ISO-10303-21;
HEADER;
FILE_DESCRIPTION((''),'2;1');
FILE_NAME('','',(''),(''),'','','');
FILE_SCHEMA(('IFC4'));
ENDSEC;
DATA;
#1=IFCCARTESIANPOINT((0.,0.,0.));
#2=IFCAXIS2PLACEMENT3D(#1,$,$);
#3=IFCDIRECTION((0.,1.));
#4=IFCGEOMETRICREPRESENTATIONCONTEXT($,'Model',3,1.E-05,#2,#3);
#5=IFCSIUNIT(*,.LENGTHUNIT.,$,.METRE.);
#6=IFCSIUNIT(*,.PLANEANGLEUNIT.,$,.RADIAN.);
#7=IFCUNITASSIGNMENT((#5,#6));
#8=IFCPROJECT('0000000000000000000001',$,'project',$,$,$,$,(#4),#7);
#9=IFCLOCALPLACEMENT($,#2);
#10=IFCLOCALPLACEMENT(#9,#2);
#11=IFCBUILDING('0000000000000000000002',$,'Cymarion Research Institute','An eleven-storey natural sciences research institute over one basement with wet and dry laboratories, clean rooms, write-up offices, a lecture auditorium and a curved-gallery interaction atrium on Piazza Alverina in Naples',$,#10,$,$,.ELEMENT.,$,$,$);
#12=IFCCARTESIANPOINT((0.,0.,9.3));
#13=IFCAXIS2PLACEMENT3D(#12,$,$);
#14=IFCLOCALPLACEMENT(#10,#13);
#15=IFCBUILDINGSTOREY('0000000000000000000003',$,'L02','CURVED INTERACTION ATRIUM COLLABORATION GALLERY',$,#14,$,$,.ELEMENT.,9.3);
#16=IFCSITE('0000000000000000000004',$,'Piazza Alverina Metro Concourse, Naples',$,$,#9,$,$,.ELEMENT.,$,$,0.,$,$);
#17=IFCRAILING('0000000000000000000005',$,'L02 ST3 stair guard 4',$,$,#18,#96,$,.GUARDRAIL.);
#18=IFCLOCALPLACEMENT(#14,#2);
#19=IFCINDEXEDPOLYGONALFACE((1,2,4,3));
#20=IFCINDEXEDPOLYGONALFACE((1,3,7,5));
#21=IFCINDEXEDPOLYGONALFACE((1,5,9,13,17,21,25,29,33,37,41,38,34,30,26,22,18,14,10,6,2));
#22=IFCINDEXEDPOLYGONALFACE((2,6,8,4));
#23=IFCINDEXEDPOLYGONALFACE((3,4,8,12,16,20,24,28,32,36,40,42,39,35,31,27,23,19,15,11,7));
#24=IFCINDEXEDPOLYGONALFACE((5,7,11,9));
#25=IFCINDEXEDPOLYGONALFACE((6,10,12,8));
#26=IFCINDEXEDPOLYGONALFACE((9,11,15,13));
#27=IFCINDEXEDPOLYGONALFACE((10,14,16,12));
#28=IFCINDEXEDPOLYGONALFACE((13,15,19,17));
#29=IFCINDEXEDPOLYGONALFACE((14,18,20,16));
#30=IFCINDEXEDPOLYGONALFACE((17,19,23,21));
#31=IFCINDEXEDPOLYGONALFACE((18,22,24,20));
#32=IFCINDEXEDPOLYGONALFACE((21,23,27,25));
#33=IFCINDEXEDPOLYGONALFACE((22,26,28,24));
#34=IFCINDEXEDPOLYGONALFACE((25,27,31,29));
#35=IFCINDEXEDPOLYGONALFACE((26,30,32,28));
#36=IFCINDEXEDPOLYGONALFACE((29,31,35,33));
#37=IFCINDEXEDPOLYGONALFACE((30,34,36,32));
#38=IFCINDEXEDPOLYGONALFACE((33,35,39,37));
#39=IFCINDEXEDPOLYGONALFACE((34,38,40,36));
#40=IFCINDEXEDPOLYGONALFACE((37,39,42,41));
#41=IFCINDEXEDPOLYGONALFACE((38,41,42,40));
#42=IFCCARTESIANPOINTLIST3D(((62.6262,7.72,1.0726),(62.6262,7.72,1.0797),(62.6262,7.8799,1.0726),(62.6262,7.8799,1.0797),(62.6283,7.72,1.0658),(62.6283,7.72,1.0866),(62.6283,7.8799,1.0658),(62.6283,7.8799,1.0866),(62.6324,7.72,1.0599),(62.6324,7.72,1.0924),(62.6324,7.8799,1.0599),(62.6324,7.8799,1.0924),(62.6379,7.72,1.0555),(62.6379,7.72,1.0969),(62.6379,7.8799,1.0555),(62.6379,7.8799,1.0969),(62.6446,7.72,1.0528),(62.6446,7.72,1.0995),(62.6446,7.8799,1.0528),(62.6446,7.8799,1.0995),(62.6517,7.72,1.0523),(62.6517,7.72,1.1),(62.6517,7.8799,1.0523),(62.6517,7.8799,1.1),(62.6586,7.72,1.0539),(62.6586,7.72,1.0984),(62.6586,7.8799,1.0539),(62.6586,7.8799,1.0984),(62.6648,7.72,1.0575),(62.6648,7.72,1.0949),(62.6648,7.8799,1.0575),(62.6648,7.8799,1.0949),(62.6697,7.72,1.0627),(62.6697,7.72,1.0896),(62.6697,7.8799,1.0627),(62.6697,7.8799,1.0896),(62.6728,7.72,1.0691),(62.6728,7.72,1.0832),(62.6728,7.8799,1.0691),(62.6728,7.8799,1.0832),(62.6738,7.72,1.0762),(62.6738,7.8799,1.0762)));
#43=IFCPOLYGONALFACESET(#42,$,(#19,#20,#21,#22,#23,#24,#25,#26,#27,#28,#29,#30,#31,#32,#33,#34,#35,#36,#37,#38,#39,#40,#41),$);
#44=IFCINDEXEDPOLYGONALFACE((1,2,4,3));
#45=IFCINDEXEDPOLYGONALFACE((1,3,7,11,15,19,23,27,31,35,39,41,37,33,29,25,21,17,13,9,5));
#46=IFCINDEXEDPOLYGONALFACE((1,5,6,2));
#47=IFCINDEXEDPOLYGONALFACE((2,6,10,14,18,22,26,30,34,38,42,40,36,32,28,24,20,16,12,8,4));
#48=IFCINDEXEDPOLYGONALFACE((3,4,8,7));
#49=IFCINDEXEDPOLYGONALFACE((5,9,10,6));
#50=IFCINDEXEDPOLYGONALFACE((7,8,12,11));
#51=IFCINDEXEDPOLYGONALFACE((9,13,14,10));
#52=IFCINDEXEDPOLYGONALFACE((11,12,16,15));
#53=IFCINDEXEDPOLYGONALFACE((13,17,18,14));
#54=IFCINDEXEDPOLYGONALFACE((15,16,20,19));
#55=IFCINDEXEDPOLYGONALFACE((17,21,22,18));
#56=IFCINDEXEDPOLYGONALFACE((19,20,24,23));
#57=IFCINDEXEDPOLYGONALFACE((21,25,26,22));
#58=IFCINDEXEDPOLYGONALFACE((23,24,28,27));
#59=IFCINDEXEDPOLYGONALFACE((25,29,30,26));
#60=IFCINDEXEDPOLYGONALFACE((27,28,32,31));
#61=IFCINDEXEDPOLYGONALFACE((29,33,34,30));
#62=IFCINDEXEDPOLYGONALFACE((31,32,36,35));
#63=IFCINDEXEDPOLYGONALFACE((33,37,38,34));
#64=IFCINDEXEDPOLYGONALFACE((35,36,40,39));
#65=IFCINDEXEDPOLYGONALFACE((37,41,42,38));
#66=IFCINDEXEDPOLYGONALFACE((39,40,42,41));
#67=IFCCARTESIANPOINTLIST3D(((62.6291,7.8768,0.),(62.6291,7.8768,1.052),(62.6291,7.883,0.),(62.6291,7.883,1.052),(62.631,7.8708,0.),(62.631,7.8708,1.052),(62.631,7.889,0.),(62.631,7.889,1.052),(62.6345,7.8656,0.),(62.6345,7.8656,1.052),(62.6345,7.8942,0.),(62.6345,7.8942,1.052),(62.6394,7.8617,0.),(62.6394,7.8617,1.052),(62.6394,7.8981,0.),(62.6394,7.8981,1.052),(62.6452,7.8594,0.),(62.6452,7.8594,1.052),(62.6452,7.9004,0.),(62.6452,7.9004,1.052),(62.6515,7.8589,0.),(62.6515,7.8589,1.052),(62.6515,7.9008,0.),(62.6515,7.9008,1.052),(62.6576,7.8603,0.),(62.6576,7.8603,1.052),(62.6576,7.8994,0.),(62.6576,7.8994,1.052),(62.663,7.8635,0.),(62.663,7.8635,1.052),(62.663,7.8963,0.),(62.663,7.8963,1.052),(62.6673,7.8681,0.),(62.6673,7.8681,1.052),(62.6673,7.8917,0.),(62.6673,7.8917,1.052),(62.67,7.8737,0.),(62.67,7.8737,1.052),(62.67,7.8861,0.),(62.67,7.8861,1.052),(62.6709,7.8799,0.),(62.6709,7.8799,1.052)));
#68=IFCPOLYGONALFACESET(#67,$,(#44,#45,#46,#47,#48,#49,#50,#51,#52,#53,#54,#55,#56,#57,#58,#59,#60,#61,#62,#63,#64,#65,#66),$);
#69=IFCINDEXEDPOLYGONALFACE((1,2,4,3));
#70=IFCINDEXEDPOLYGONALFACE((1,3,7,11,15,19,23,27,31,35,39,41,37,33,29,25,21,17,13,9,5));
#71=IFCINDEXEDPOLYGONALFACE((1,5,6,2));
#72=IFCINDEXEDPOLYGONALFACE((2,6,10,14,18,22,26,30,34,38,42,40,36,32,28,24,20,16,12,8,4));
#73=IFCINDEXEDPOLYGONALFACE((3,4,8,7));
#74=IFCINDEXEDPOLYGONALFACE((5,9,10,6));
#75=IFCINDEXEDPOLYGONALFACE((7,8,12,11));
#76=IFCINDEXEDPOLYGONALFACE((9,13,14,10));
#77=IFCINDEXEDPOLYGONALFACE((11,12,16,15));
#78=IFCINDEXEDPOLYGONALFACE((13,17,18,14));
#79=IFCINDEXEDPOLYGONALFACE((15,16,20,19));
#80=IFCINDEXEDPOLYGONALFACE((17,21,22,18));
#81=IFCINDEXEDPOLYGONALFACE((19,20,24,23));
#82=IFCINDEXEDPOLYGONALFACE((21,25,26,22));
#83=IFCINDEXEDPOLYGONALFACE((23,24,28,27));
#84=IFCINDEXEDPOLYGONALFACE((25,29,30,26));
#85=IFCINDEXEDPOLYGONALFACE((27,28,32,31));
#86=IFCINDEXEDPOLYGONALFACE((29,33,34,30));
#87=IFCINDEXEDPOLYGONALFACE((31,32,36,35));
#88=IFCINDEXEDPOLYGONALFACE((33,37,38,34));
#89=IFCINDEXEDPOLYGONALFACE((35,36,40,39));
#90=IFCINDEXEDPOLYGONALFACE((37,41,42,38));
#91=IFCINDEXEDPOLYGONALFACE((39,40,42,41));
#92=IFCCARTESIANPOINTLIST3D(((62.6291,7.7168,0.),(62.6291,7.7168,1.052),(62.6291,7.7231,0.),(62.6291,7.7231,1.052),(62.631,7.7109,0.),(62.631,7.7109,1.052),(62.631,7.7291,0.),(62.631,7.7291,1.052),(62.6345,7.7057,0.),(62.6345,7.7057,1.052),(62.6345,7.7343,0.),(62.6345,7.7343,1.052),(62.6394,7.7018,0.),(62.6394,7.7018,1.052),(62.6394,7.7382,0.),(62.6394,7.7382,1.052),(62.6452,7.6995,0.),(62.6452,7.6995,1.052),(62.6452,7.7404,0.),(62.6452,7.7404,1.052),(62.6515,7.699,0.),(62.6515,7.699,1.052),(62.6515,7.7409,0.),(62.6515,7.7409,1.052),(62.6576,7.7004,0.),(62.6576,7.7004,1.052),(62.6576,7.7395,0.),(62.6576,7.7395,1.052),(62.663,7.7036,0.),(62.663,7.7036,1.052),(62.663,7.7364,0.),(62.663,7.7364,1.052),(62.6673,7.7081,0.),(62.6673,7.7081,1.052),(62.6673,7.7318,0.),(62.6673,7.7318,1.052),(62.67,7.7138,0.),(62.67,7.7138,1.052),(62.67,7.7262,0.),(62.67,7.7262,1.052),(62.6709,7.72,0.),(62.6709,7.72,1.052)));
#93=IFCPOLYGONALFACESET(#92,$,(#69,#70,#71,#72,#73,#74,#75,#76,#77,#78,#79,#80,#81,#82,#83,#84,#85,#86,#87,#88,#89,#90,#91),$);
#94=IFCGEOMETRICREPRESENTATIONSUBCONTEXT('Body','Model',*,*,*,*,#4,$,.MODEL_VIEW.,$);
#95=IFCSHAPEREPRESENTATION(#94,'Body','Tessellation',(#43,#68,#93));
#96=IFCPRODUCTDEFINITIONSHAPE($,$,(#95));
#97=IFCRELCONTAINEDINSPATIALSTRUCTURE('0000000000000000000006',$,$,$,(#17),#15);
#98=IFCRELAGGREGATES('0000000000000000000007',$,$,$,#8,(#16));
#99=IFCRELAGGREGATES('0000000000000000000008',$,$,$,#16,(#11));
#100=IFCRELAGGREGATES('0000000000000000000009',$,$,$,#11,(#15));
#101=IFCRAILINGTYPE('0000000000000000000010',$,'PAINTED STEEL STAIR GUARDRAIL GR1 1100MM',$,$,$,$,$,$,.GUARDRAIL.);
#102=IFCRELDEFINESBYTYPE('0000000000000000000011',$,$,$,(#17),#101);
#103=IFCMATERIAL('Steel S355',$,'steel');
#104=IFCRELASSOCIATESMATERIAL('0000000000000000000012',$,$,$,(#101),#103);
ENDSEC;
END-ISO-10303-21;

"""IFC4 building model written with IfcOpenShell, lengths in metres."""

from ifc_helpers import new_model, si_unit, direction, frame, origin, origin_2d, place, context, subcontext, project, spatial, circle, extrude, material, type_object, element, save


model = new_model("IFC4")

# Units and contexts
model_context = context("Model", 3, precision=1e-05, world=origin(), true_north=direction((0.0, 1.0)))
body_context = subcontext(model_context, "Body", "Model", "MODEL_VIEW")
ifc_project = project(units=[si_unit("LENGTHUNIT", "METRE"), si_unit("PLANEANGLEUNIT", "RADIAN")], contexts=[model_context])

# Site, building, storey
site_placement = place(None, origin())
site = spatial("IfcSite", under=ifc_project, at=site_placement, Name="Piazza Alverina Metro Concourse, Naples", CompositionType="ELEMENT", RefElevation=0.0)
building_placement = place(site_placement, origin())
building = spatial("IfcBuilding", under=site, at=building_placement, Name="Cymarion Research Institute", Description="An eleven-storey natural sciences research institute over one basement with wet and dry laboratories, clean rooms, write-up offices, a lecture auditorium and a curved-gallery interaction atrium on Piazza Alverina in Naples", CompositionType="ELEMENT")
storey_placement = place(building_placement, frame((0.0, 0.0, 9.3)))
storey = spatial("IfcBuildingStorey", under=building, at=storey_placement, Name="L02", Description="CURVED INTERACTION ATRIUM COLLABORATION GALLERY", CompositionType="ELEMENT", Elevation=9.3)

# Shared definitions
ifc_material_1 = material(Name="Steel S355", Category="steel")

# Railing
railing_type_1 = type_object("IfcRailingType", Name="PAINTED STEEL STAIR GUARDRAIL GR1 1100MM", PredefinedType="GUARDRAIL", material=ifc_material_1)
railing_1_placement = place(storey_placement, frame((62.6499, 7.8799, 0.0)))
element("IfcRailing", 1, at=railing_1_placement, inside=storey, type_object=railing_type_1, Name="L02 ST3 stair guard 4", PredefinedType="GUARDRAIL", context=body_context, shape_type="SweptSolid", body=[
    extrude(circle(Radius=0.0239, at=origin_2d()), frame((0.0, 0.0, 1.0762), z_axis=(0.0, -1.0, 0.0), x_axis=(1.0, 0.0, 0.0)), (0.0, 0.0, 1.0), 0.1599),
    extrude(circle(Radius=0.021, at=origin_2d()), origin(), (0.0, 0.0, 1.0), 1.052),
    extrude(circle(Radius=0.021, at=origin_2d()), frame((0.0, -0.1599, 0.0)), (0.0, 0.0, 1.0), 1.052),
])

save(model, "model.ifc")
